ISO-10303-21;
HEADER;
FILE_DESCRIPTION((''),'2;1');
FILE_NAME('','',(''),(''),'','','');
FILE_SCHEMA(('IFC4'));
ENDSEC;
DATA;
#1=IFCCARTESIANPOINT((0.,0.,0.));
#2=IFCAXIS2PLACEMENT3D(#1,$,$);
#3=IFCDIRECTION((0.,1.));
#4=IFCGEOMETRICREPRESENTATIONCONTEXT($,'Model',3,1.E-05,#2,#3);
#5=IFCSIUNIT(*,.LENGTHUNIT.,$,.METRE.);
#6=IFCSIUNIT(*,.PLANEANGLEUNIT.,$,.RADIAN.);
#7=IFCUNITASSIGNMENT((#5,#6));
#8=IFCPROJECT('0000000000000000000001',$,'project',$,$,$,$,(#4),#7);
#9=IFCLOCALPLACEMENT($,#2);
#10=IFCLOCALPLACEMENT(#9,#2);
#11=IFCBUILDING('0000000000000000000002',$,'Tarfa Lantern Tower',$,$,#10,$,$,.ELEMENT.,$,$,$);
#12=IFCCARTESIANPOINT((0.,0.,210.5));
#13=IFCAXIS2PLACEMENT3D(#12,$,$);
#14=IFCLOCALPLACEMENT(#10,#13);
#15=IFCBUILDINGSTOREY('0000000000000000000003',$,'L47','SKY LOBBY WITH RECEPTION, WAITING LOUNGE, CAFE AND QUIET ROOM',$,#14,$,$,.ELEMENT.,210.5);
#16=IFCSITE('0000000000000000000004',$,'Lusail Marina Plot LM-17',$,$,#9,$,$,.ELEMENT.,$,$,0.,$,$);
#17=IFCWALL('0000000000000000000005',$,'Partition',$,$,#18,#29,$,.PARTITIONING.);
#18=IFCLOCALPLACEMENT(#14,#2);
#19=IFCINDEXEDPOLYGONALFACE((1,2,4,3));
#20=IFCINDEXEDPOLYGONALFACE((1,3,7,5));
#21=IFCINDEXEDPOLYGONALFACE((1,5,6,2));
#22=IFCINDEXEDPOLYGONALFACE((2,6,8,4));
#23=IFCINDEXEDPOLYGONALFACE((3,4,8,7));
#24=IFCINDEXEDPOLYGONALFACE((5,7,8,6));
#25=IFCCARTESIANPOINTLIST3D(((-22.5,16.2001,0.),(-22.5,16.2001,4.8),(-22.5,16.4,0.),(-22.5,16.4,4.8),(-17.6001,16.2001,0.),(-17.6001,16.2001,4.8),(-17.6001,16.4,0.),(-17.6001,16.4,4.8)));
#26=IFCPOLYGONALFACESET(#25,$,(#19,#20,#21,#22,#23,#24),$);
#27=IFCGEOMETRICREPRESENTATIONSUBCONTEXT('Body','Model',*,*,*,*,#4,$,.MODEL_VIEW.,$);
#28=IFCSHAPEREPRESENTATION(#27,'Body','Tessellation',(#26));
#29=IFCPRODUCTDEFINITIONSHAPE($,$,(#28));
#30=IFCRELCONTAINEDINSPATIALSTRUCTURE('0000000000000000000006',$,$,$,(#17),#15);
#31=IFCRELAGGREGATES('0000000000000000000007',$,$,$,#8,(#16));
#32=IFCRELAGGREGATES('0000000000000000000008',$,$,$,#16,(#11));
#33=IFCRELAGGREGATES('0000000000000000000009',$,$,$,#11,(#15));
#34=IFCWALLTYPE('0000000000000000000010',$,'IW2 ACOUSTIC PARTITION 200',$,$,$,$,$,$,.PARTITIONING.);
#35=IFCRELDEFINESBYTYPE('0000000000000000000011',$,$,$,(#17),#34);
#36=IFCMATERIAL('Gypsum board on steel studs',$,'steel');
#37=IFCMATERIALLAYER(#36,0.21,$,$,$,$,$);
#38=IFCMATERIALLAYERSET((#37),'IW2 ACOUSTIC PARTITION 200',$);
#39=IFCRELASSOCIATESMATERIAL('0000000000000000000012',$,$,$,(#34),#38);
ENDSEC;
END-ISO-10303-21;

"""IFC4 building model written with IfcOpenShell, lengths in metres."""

from ifc_helpers import new_model, si_unit, direction, frame, frame_2d, origin, place, context, subcontext, project, spatial, rectangle, extrude, material, layer, layer_set, type_object, element, save


model = new_model("IFC4")

# Units and contexts
model_context = context("Model", 3, precision=1e-05, world=origin(), true_north=direction((0.0, 1.0)))
body_context = subcontext(model_context, "Body", "Model", "MODEL_VIEW")
ifc_project = project(units=[si_unit("LENGTHUNIT", "METRE"), si_unit("PLANEANGLEUNIT", "RADIAN")], contexts=[model_context])

# Site, building, storey
site_placement = place(None, origin())
site = spatial("IfcSite", under=ifc_project, at=site_placement, Name="Lusail Marina Plot LM-17", CompositionType="ELEMENT", RefElevation=0.0)
building_placement = place(site_placement, origin())
building = spatial("IfcBuilding", under=site, at=building_placement, Name="Tarfa Lantern Tower", CompositionType="ELEMENT")
storey_placement = place(building_placement, frame((0.0, 0.0, 210.5)))
storey = spatial("IfcBuildingStorey", under=building, at=storey_placement, Name="L47", Description="SKY LOBBY WITH RECEPTION, WAITING LOUNGE, CAFE AND QUIET ROOM", CompositionType="ELEMENT", Elevation=210.5)

# Shared definitions
ifc_material_1 = material(Name="Gypsum board on steel studs", Category="steel")
ifc_layer = layer(ifc_material_1, 0.21)
ifc_layer_set = layer_set([ifc_layer], Name="IW2 ACOUSTIC PARTITION 200")
wall_type = type_object("IfcWallType", Name="IW2 ACOUSTIC PARTITION 200", PredefinedType="PARTITIONING", material=ifc_layer_set)

# Wall
wall_1_placement = place(storey_placement, frame((-17.6001, 16.3, 0.0), z_axis=(0.0, 0.0, 1.0), x_axis=(-1.0, 0.0, 0.0)))
element("IfcWall", 1, at=wall_1_placement, inside=storey, type_object=wall_type, Name="Partition", PredefinedType="PARTITIONING", context=body_context, shape_type="SweptSolid", body=[
    extrude(rectangle(XDim=4.8999, YDim=0.2, at=frame_2d((2.45, 0.0))), origin(), (0.0, 0.0, 1.0), 4.8),
])

save(model, "model.ifc")
